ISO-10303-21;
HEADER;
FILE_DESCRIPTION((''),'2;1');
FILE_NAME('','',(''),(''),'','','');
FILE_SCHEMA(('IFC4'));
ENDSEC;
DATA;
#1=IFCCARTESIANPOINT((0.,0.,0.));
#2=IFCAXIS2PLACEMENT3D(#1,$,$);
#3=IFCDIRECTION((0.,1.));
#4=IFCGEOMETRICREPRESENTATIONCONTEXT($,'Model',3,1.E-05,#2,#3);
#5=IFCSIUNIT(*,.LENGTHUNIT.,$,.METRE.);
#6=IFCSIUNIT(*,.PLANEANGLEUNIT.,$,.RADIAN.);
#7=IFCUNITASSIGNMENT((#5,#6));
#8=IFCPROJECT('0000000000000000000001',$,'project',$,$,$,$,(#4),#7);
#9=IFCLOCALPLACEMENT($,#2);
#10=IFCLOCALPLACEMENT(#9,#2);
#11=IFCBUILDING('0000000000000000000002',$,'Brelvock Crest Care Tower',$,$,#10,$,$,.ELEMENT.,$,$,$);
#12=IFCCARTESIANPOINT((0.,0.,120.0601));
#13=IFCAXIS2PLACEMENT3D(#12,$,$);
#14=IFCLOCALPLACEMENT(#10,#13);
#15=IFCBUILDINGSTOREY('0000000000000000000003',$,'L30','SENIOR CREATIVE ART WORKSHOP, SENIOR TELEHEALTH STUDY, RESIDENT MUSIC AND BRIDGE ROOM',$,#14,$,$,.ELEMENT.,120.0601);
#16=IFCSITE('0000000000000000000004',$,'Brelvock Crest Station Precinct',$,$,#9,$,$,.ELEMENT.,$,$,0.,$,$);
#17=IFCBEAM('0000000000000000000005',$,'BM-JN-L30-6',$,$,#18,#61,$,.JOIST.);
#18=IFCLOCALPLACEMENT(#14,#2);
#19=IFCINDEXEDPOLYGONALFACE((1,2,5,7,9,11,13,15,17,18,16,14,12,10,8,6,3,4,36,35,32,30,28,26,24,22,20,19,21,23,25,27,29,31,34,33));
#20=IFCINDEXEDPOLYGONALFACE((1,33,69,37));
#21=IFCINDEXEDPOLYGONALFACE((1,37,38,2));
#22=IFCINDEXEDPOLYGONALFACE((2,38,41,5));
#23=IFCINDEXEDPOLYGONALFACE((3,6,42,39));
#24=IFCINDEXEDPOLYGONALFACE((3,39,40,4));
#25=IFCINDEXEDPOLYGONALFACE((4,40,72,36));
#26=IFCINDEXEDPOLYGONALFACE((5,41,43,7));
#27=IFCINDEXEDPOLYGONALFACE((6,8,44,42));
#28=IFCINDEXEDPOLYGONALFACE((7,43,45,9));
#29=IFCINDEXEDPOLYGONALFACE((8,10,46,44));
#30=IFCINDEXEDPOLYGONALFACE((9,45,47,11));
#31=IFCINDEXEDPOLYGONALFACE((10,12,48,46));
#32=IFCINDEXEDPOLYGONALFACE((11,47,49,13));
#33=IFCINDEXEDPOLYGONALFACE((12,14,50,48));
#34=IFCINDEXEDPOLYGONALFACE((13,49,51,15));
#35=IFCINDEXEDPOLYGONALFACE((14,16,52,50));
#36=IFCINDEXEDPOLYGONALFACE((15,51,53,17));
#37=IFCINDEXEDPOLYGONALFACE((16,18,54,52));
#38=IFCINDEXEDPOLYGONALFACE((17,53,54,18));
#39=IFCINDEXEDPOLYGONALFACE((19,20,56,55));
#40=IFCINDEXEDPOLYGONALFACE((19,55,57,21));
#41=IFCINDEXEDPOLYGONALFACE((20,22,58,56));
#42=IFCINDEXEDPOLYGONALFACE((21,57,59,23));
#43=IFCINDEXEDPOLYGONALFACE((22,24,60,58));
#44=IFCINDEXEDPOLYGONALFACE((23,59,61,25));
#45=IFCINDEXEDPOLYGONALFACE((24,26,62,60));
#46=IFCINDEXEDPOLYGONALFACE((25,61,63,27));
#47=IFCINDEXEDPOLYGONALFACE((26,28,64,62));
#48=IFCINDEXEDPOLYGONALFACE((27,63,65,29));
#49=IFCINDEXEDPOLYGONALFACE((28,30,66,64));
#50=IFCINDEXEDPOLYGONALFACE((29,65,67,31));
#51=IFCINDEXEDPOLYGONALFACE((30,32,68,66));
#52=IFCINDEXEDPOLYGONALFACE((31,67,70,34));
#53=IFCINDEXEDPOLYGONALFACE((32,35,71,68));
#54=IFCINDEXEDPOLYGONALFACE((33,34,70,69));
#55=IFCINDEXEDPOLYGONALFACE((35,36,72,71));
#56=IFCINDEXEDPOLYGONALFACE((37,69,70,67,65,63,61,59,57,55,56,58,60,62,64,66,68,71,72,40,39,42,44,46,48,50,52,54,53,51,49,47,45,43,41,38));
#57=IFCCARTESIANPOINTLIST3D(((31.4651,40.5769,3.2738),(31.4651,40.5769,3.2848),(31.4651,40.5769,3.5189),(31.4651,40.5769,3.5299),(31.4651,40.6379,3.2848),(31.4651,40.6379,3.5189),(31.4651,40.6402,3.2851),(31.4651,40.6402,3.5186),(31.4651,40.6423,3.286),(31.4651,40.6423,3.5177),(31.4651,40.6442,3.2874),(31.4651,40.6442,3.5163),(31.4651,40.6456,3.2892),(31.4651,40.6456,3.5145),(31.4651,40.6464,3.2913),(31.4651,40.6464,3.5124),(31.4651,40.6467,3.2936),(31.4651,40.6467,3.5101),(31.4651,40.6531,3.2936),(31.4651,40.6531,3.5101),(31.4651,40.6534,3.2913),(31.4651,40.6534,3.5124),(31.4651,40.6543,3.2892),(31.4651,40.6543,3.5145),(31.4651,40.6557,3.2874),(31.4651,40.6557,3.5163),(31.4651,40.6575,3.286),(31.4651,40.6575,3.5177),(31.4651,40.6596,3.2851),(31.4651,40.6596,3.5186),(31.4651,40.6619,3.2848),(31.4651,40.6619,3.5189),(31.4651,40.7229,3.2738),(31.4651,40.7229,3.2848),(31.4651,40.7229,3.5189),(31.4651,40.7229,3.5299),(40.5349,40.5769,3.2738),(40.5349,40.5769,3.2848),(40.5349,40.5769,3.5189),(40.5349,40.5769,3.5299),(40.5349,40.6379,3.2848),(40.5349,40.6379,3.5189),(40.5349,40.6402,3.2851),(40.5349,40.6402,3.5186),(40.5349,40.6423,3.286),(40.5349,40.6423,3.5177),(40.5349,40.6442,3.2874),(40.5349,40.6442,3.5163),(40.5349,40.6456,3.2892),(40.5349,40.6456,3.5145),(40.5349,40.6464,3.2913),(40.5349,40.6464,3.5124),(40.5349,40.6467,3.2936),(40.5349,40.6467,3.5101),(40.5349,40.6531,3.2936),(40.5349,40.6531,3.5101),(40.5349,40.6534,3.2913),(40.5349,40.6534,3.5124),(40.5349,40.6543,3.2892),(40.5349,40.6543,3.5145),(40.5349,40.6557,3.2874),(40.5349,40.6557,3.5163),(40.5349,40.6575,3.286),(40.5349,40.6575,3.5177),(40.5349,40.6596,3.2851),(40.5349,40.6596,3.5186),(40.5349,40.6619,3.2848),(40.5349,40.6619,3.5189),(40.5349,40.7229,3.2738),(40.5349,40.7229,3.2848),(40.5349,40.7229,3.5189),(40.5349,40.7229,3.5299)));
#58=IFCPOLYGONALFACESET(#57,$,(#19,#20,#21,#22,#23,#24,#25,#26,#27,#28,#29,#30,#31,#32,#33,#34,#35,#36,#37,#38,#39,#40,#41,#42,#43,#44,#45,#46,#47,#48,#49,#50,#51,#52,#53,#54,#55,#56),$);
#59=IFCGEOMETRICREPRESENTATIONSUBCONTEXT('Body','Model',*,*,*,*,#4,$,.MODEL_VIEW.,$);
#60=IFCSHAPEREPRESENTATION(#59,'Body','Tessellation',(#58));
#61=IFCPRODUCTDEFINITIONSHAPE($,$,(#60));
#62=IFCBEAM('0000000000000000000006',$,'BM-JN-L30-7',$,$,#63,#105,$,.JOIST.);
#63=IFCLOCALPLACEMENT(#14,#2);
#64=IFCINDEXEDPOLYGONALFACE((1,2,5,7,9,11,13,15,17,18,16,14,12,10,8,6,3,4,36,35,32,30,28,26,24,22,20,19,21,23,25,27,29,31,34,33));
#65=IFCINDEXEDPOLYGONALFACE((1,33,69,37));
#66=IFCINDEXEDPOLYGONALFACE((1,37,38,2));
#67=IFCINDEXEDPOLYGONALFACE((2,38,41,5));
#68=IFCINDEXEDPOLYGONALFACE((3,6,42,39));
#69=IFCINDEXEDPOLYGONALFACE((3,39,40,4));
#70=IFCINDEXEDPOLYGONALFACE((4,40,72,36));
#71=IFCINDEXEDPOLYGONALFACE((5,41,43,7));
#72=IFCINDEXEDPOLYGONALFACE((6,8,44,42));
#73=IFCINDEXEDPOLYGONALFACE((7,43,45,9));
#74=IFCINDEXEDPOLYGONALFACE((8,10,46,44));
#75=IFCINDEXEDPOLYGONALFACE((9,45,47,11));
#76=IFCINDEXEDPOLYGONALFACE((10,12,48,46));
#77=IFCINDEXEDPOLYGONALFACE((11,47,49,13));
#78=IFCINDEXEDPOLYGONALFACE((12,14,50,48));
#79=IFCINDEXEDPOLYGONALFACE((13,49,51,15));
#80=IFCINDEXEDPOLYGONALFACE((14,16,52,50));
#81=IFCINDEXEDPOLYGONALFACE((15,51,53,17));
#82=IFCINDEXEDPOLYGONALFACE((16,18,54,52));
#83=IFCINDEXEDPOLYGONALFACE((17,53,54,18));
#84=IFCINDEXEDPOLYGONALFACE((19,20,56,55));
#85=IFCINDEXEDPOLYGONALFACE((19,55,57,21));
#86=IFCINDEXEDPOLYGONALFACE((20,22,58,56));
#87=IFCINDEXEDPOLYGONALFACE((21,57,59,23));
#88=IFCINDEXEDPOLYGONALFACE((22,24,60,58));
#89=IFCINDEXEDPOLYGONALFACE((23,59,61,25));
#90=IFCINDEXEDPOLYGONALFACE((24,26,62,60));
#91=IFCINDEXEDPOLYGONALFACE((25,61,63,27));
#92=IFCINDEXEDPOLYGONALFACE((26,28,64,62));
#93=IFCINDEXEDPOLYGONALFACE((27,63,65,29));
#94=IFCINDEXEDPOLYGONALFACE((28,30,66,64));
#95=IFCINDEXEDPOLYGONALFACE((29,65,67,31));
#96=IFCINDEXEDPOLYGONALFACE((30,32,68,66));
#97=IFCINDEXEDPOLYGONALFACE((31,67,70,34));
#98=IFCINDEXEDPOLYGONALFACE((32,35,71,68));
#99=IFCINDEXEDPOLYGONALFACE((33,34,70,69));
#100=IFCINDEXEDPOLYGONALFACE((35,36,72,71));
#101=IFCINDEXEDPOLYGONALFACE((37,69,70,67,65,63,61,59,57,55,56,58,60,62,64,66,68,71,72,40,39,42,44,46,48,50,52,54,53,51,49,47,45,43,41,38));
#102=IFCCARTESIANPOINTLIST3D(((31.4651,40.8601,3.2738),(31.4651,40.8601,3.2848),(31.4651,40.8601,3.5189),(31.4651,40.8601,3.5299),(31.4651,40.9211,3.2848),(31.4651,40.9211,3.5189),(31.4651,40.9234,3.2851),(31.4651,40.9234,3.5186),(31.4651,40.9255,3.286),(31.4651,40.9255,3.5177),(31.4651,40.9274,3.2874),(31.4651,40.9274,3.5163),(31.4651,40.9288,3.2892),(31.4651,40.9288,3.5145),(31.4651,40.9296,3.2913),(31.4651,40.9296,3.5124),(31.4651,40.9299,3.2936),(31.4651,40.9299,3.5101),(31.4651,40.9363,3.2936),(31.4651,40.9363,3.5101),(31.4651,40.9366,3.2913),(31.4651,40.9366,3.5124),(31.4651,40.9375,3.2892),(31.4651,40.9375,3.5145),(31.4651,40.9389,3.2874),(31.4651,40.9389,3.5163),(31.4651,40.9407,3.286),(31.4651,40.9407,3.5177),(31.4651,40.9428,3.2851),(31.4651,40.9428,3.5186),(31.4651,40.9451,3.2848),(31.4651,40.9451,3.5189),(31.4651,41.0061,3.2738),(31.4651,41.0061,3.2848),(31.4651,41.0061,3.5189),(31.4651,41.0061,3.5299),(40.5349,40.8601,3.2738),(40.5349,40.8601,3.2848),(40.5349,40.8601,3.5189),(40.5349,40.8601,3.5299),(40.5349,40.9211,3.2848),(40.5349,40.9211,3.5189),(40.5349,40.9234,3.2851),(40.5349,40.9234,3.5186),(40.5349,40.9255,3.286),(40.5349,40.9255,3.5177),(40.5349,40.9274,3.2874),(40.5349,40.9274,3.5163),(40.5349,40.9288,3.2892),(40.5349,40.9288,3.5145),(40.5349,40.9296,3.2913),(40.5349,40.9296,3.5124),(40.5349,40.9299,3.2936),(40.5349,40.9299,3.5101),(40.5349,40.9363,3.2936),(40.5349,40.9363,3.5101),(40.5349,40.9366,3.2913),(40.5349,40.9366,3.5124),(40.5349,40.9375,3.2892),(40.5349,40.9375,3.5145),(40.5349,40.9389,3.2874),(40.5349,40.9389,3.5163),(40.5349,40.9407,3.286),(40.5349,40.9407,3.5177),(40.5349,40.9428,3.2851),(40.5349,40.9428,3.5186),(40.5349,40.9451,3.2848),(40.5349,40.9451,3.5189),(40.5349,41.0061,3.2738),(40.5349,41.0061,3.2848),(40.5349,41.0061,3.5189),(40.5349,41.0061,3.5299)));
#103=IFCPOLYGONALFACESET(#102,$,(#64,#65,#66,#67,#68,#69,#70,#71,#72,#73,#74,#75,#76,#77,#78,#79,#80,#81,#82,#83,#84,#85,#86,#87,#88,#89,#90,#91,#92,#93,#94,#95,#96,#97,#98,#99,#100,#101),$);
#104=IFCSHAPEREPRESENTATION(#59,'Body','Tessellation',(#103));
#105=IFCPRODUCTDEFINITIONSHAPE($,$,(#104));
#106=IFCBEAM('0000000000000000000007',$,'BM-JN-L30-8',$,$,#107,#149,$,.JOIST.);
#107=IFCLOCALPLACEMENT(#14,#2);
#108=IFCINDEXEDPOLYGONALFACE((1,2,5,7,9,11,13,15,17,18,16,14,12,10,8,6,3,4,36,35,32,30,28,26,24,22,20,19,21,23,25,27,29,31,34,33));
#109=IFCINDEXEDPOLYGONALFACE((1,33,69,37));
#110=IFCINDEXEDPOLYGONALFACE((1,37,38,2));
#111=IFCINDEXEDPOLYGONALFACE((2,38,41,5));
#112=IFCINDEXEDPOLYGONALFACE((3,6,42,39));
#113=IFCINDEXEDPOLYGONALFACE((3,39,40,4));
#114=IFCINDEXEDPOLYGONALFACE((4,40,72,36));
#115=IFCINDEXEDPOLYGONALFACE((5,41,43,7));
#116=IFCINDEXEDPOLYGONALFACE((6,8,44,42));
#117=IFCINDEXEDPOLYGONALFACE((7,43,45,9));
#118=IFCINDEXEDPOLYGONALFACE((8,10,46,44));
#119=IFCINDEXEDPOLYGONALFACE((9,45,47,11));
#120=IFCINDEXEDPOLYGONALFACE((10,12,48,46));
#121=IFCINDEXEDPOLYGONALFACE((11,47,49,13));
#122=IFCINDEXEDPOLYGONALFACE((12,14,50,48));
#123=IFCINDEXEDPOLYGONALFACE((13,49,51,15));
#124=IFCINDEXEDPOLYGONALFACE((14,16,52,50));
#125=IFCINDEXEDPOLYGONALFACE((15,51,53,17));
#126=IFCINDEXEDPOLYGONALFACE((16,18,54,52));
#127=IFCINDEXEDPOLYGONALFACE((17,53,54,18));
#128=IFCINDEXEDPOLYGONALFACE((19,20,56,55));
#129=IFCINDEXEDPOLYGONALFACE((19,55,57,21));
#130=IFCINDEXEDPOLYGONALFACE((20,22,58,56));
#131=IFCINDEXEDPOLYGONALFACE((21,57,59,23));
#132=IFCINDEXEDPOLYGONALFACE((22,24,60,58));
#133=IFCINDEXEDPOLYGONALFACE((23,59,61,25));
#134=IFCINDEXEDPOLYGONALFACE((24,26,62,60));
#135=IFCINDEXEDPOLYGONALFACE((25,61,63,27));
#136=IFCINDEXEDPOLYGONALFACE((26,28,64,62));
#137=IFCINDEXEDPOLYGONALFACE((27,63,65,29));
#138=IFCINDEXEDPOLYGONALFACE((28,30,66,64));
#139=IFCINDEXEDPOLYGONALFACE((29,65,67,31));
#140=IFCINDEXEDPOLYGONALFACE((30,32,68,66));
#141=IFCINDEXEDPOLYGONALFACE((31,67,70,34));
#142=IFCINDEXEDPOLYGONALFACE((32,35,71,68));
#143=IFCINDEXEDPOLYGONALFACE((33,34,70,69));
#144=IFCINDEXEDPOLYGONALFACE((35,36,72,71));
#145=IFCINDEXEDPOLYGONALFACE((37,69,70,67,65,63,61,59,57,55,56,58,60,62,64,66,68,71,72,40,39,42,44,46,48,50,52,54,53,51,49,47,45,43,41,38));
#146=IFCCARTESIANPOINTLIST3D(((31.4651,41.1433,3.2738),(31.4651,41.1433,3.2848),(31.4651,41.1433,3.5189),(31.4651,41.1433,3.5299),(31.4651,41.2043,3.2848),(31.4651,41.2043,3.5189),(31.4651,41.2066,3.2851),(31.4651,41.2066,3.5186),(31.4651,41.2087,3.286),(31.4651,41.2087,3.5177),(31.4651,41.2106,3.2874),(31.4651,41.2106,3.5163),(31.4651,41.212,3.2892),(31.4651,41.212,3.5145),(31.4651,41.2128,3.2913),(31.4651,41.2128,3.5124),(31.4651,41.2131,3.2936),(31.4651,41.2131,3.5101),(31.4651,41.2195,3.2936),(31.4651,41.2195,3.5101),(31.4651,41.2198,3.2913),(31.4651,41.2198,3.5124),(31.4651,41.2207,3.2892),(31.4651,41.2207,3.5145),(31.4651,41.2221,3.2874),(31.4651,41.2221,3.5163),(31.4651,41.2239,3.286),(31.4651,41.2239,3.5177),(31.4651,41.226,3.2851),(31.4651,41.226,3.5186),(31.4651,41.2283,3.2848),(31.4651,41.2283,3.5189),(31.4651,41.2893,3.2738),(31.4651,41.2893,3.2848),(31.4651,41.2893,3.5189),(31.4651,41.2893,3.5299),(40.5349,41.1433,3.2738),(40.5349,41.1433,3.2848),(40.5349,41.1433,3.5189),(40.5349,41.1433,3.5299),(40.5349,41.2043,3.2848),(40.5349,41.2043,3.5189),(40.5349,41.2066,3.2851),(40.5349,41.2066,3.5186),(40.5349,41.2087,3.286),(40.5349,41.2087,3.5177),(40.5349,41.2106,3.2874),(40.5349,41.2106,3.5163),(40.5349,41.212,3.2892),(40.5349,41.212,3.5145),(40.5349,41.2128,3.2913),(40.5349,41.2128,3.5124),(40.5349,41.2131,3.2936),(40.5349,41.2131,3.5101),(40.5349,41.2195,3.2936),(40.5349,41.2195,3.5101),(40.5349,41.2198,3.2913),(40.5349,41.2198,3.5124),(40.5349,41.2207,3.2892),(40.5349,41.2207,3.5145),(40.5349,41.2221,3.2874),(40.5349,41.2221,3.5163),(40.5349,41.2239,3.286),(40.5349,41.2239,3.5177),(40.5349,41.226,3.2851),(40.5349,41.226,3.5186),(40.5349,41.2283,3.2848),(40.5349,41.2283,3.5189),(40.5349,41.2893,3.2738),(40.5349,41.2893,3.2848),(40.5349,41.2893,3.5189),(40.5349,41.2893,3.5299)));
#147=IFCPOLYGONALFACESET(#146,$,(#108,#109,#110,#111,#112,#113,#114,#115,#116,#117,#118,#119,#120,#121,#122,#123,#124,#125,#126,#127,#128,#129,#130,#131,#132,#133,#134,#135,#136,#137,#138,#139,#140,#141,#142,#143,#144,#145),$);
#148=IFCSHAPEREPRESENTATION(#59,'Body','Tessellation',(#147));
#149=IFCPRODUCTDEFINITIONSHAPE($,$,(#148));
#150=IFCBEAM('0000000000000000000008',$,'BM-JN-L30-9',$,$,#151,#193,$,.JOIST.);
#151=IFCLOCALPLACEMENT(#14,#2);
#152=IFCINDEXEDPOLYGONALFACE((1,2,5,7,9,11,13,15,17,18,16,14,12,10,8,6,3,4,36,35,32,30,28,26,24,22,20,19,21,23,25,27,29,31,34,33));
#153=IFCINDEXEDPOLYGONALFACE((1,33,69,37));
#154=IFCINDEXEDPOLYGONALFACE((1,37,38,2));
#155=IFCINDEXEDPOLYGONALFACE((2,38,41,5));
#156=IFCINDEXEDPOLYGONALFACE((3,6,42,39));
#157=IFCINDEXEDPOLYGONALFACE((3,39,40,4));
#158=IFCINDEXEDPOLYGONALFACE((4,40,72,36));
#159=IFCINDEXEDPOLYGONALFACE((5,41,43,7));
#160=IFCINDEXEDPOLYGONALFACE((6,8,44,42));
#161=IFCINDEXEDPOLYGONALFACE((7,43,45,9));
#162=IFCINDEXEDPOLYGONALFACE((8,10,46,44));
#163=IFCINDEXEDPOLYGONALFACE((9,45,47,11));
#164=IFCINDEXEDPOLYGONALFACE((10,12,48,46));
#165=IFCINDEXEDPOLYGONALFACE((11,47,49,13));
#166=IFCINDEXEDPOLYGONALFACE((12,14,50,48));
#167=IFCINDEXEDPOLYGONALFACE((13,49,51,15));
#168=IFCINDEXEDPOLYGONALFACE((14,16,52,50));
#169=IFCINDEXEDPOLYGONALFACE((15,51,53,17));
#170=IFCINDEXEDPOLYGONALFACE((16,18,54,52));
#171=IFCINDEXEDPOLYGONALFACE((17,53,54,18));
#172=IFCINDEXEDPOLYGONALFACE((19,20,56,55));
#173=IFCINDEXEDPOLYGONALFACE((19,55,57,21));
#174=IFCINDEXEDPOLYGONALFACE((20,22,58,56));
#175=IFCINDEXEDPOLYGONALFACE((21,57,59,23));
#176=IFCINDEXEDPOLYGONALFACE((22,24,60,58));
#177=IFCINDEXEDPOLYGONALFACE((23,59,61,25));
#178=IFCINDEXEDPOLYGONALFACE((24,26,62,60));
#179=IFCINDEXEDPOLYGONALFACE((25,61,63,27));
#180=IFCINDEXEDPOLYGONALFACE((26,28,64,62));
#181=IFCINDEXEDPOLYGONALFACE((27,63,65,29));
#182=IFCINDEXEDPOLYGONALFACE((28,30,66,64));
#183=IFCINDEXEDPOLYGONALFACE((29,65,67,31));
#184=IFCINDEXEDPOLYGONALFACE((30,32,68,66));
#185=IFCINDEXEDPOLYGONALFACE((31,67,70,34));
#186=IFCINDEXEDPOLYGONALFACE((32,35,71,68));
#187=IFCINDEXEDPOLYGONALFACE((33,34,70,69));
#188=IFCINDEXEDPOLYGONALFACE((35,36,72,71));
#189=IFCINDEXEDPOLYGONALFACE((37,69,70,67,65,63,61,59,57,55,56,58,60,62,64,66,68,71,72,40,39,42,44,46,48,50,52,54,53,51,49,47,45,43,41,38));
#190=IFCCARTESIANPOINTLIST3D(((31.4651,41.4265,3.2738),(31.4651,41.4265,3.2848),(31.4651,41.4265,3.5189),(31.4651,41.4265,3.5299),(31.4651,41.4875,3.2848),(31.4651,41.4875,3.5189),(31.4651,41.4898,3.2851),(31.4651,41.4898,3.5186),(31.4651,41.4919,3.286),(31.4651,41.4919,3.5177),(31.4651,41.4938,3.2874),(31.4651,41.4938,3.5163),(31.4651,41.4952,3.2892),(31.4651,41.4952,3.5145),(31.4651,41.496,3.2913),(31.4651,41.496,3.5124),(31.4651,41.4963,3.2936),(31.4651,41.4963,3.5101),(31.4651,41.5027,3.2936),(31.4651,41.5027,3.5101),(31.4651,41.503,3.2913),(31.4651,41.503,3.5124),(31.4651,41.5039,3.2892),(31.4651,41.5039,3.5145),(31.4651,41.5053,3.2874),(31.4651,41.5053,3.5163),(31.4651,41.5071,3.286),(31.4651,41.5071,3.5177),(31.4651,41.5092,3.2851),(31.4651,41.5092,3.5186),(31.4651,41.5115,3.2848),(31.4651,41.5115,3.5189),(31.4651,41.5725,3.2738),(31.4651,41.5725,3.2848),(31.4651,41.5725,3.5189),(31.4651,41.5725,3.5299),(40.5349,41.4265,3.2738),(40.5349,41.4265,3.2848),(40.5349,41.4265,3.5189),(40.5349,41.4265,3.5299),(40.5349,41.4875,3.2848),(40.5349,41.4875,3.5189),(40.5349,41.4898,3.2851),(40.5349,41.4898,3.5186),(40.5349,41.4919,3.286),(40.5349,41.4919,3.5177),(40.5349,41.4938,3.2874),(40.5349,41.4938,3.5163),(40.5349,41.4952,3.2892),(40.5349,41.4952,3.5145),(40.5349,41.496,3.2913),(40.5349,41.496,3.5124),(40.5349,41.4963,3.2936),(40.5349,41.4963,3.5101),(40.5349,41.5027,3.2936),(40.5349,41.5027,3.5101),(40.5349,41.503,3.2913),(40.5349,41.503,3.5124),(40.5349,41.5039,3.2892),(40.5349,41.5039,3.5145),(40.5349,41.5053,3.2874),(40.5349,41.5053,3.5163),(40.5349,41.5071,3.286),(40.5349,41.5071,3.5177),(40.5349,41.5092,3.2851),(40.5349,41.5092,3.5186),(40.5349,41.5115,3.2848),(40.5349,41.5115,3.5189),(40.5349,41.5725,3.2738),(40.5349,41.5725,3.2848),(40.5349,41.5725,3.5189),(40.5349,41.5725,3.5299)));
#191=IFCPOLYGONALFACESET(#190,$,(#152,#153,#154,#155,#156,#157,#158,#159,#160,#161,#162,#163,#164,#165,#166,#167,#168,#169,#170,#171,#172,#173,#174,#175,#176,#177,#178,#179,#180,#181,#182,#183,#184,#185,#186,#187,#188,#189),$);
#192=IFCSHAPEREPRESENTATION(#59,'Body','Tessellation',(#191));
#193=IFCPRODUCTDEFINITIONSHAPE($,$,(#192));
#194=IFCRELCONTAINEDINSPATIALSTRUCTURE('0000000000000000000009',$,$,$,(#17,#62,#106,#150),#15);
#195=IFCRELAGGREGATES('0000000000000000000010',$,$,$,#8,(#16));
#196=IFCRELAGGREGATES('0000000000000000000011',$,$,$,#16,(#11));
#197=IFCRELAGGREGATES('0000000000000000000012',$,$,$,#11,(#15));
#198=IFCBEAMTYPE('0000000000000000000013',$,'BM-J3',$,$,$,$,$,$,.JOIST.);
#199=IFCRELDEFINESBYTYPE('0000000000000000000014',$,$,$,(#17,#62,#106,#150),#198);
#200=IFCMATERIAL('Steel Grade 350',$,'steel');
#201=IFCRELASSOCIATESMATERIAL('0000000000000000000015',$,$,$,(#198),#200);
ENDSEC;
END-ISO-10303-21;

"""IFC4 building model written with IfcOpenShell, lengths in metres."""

from ifc_helpers import new_model, si_unit, direction, frame, origin, origin_2d, place, context, subcontext, project, spatial, i_section, extrude, source, transform, mapped, material, material_profile, profile_set, type_object, element, save


model = new_model("IFC4")

# Units and contexts
model_context = context("Model", 3, precision=1e-05, world=origin(), true_north=direction((0.0, 1.0)))
body_context = subcontext(model_context, "Body", "Model", "MODEL_VIEW")
ifc_project = project(units=[si_unit("LENGTHUNIT", "METRE"), si_unit("PLANEANGLEUNIT", "RADIAN")], contexts=[model_context])

# Site, building, storey
site_placement = place(None, origin())
site = spatial("IfcSite", under=ifc_project, at=site_placement, Name="Brelvock Crest Station Precinct", CompositionType="ELEMENT", RefElevation=0.0)
building_placement = place(site_placement, origin())
building = spatial("IfcBuilding", under=site, at=building_placement, Name="Brelvock Crest Care Tower", CompositionType="ELEMENT")
storey_placement = place(building_placement, frame((0.0, 0.0, 120.0601)))
storey = spatial("IfcBuildingStorey", under=building, at=storey_placement, Name="L30", Description="SENIOR CREATIVE ART WORKSHOP, SENIOR TELEHEALTH STUDY, RESIDENT MUSIC AND BRIDGE ROOM", CompositionType="ELEMENT", Elevation=120.0601)

# Shared definitions
ifc_material_1 = material(Name="Steel Grade 350", Category="steel")

# Beams
ifc_material_profile_1 = material_profile(ifc_material_1, i_section(OverallWidth=0.146, OverallDepth=0.2561, WebThickness=0.0063, FlangeThickness=0.011, FilletRadius=0.0088, at=origin_2d()), Name="250UB37.3")
ifc_profile_set_1 = profile_set([ifc_material_profile_1], Name="Steel Grade 350")
beam_type_1 = type_object("IfcBeamType", Name="BM-J3", PredefinedType="JOIST", material=ifc_profile_set_1)
shared_shape_1 = source(origin(), body_context, "Body", "SweptSolid", [
    extrude(i_section(OverallWidth=0.146, OverallDepth=0.2561, WebThickness=0.0063, FlangeThickness=0.011, FilletRadius=0.0088, at=origin_2d()), origin(), (0.0, 0.0, 1.0), 9.0698),
])
for number, where, z_axis, x_axis, name in (
    (1, (31.4651, 40.6499, 3.4019), (1.0, 0.0, 0.0), (0.0, 1.0, 0.0), "BM-JN-L30-6"),
    (2, (31.4651, 40.9331, 3.4019), (1.0, 0.0, 0.0), (0.0, 1.0, 0.0), "BM-JN-L30-7"),
    (3, (31.4651, 41.2163, 3.4019), (1.0, 0.0, 0.0), (0.0, 1.0, 0.0), "BM-JN-L30-8"),
    (4, (31.4651, 41.4995, 3.4019), (1.0, 0.0, 0.0), (0.0, 1.0, 0.0), "BM-JN-L30-9"),
):
    element("IfcBeam", number, at=place(storey_placement, frame(where, z_axis=z_axis, x_axis=x_axis)), inside=storey, type_object=beam_type_1, Name=name, PredefinedType="JOIST", context=body_context, shape_type="MappedRepresentation", body=[
        mapped(shared_shape_1, transform((0.0, 0.0, 0.0), x_axis=(1.0, 0.0, 0.0), y_axis=(0.0, 1.0, 0.0), z_axis=(0.0, 0.0, 1.0), scale=1.0)),
    ])

save(model, "model.ifc")
